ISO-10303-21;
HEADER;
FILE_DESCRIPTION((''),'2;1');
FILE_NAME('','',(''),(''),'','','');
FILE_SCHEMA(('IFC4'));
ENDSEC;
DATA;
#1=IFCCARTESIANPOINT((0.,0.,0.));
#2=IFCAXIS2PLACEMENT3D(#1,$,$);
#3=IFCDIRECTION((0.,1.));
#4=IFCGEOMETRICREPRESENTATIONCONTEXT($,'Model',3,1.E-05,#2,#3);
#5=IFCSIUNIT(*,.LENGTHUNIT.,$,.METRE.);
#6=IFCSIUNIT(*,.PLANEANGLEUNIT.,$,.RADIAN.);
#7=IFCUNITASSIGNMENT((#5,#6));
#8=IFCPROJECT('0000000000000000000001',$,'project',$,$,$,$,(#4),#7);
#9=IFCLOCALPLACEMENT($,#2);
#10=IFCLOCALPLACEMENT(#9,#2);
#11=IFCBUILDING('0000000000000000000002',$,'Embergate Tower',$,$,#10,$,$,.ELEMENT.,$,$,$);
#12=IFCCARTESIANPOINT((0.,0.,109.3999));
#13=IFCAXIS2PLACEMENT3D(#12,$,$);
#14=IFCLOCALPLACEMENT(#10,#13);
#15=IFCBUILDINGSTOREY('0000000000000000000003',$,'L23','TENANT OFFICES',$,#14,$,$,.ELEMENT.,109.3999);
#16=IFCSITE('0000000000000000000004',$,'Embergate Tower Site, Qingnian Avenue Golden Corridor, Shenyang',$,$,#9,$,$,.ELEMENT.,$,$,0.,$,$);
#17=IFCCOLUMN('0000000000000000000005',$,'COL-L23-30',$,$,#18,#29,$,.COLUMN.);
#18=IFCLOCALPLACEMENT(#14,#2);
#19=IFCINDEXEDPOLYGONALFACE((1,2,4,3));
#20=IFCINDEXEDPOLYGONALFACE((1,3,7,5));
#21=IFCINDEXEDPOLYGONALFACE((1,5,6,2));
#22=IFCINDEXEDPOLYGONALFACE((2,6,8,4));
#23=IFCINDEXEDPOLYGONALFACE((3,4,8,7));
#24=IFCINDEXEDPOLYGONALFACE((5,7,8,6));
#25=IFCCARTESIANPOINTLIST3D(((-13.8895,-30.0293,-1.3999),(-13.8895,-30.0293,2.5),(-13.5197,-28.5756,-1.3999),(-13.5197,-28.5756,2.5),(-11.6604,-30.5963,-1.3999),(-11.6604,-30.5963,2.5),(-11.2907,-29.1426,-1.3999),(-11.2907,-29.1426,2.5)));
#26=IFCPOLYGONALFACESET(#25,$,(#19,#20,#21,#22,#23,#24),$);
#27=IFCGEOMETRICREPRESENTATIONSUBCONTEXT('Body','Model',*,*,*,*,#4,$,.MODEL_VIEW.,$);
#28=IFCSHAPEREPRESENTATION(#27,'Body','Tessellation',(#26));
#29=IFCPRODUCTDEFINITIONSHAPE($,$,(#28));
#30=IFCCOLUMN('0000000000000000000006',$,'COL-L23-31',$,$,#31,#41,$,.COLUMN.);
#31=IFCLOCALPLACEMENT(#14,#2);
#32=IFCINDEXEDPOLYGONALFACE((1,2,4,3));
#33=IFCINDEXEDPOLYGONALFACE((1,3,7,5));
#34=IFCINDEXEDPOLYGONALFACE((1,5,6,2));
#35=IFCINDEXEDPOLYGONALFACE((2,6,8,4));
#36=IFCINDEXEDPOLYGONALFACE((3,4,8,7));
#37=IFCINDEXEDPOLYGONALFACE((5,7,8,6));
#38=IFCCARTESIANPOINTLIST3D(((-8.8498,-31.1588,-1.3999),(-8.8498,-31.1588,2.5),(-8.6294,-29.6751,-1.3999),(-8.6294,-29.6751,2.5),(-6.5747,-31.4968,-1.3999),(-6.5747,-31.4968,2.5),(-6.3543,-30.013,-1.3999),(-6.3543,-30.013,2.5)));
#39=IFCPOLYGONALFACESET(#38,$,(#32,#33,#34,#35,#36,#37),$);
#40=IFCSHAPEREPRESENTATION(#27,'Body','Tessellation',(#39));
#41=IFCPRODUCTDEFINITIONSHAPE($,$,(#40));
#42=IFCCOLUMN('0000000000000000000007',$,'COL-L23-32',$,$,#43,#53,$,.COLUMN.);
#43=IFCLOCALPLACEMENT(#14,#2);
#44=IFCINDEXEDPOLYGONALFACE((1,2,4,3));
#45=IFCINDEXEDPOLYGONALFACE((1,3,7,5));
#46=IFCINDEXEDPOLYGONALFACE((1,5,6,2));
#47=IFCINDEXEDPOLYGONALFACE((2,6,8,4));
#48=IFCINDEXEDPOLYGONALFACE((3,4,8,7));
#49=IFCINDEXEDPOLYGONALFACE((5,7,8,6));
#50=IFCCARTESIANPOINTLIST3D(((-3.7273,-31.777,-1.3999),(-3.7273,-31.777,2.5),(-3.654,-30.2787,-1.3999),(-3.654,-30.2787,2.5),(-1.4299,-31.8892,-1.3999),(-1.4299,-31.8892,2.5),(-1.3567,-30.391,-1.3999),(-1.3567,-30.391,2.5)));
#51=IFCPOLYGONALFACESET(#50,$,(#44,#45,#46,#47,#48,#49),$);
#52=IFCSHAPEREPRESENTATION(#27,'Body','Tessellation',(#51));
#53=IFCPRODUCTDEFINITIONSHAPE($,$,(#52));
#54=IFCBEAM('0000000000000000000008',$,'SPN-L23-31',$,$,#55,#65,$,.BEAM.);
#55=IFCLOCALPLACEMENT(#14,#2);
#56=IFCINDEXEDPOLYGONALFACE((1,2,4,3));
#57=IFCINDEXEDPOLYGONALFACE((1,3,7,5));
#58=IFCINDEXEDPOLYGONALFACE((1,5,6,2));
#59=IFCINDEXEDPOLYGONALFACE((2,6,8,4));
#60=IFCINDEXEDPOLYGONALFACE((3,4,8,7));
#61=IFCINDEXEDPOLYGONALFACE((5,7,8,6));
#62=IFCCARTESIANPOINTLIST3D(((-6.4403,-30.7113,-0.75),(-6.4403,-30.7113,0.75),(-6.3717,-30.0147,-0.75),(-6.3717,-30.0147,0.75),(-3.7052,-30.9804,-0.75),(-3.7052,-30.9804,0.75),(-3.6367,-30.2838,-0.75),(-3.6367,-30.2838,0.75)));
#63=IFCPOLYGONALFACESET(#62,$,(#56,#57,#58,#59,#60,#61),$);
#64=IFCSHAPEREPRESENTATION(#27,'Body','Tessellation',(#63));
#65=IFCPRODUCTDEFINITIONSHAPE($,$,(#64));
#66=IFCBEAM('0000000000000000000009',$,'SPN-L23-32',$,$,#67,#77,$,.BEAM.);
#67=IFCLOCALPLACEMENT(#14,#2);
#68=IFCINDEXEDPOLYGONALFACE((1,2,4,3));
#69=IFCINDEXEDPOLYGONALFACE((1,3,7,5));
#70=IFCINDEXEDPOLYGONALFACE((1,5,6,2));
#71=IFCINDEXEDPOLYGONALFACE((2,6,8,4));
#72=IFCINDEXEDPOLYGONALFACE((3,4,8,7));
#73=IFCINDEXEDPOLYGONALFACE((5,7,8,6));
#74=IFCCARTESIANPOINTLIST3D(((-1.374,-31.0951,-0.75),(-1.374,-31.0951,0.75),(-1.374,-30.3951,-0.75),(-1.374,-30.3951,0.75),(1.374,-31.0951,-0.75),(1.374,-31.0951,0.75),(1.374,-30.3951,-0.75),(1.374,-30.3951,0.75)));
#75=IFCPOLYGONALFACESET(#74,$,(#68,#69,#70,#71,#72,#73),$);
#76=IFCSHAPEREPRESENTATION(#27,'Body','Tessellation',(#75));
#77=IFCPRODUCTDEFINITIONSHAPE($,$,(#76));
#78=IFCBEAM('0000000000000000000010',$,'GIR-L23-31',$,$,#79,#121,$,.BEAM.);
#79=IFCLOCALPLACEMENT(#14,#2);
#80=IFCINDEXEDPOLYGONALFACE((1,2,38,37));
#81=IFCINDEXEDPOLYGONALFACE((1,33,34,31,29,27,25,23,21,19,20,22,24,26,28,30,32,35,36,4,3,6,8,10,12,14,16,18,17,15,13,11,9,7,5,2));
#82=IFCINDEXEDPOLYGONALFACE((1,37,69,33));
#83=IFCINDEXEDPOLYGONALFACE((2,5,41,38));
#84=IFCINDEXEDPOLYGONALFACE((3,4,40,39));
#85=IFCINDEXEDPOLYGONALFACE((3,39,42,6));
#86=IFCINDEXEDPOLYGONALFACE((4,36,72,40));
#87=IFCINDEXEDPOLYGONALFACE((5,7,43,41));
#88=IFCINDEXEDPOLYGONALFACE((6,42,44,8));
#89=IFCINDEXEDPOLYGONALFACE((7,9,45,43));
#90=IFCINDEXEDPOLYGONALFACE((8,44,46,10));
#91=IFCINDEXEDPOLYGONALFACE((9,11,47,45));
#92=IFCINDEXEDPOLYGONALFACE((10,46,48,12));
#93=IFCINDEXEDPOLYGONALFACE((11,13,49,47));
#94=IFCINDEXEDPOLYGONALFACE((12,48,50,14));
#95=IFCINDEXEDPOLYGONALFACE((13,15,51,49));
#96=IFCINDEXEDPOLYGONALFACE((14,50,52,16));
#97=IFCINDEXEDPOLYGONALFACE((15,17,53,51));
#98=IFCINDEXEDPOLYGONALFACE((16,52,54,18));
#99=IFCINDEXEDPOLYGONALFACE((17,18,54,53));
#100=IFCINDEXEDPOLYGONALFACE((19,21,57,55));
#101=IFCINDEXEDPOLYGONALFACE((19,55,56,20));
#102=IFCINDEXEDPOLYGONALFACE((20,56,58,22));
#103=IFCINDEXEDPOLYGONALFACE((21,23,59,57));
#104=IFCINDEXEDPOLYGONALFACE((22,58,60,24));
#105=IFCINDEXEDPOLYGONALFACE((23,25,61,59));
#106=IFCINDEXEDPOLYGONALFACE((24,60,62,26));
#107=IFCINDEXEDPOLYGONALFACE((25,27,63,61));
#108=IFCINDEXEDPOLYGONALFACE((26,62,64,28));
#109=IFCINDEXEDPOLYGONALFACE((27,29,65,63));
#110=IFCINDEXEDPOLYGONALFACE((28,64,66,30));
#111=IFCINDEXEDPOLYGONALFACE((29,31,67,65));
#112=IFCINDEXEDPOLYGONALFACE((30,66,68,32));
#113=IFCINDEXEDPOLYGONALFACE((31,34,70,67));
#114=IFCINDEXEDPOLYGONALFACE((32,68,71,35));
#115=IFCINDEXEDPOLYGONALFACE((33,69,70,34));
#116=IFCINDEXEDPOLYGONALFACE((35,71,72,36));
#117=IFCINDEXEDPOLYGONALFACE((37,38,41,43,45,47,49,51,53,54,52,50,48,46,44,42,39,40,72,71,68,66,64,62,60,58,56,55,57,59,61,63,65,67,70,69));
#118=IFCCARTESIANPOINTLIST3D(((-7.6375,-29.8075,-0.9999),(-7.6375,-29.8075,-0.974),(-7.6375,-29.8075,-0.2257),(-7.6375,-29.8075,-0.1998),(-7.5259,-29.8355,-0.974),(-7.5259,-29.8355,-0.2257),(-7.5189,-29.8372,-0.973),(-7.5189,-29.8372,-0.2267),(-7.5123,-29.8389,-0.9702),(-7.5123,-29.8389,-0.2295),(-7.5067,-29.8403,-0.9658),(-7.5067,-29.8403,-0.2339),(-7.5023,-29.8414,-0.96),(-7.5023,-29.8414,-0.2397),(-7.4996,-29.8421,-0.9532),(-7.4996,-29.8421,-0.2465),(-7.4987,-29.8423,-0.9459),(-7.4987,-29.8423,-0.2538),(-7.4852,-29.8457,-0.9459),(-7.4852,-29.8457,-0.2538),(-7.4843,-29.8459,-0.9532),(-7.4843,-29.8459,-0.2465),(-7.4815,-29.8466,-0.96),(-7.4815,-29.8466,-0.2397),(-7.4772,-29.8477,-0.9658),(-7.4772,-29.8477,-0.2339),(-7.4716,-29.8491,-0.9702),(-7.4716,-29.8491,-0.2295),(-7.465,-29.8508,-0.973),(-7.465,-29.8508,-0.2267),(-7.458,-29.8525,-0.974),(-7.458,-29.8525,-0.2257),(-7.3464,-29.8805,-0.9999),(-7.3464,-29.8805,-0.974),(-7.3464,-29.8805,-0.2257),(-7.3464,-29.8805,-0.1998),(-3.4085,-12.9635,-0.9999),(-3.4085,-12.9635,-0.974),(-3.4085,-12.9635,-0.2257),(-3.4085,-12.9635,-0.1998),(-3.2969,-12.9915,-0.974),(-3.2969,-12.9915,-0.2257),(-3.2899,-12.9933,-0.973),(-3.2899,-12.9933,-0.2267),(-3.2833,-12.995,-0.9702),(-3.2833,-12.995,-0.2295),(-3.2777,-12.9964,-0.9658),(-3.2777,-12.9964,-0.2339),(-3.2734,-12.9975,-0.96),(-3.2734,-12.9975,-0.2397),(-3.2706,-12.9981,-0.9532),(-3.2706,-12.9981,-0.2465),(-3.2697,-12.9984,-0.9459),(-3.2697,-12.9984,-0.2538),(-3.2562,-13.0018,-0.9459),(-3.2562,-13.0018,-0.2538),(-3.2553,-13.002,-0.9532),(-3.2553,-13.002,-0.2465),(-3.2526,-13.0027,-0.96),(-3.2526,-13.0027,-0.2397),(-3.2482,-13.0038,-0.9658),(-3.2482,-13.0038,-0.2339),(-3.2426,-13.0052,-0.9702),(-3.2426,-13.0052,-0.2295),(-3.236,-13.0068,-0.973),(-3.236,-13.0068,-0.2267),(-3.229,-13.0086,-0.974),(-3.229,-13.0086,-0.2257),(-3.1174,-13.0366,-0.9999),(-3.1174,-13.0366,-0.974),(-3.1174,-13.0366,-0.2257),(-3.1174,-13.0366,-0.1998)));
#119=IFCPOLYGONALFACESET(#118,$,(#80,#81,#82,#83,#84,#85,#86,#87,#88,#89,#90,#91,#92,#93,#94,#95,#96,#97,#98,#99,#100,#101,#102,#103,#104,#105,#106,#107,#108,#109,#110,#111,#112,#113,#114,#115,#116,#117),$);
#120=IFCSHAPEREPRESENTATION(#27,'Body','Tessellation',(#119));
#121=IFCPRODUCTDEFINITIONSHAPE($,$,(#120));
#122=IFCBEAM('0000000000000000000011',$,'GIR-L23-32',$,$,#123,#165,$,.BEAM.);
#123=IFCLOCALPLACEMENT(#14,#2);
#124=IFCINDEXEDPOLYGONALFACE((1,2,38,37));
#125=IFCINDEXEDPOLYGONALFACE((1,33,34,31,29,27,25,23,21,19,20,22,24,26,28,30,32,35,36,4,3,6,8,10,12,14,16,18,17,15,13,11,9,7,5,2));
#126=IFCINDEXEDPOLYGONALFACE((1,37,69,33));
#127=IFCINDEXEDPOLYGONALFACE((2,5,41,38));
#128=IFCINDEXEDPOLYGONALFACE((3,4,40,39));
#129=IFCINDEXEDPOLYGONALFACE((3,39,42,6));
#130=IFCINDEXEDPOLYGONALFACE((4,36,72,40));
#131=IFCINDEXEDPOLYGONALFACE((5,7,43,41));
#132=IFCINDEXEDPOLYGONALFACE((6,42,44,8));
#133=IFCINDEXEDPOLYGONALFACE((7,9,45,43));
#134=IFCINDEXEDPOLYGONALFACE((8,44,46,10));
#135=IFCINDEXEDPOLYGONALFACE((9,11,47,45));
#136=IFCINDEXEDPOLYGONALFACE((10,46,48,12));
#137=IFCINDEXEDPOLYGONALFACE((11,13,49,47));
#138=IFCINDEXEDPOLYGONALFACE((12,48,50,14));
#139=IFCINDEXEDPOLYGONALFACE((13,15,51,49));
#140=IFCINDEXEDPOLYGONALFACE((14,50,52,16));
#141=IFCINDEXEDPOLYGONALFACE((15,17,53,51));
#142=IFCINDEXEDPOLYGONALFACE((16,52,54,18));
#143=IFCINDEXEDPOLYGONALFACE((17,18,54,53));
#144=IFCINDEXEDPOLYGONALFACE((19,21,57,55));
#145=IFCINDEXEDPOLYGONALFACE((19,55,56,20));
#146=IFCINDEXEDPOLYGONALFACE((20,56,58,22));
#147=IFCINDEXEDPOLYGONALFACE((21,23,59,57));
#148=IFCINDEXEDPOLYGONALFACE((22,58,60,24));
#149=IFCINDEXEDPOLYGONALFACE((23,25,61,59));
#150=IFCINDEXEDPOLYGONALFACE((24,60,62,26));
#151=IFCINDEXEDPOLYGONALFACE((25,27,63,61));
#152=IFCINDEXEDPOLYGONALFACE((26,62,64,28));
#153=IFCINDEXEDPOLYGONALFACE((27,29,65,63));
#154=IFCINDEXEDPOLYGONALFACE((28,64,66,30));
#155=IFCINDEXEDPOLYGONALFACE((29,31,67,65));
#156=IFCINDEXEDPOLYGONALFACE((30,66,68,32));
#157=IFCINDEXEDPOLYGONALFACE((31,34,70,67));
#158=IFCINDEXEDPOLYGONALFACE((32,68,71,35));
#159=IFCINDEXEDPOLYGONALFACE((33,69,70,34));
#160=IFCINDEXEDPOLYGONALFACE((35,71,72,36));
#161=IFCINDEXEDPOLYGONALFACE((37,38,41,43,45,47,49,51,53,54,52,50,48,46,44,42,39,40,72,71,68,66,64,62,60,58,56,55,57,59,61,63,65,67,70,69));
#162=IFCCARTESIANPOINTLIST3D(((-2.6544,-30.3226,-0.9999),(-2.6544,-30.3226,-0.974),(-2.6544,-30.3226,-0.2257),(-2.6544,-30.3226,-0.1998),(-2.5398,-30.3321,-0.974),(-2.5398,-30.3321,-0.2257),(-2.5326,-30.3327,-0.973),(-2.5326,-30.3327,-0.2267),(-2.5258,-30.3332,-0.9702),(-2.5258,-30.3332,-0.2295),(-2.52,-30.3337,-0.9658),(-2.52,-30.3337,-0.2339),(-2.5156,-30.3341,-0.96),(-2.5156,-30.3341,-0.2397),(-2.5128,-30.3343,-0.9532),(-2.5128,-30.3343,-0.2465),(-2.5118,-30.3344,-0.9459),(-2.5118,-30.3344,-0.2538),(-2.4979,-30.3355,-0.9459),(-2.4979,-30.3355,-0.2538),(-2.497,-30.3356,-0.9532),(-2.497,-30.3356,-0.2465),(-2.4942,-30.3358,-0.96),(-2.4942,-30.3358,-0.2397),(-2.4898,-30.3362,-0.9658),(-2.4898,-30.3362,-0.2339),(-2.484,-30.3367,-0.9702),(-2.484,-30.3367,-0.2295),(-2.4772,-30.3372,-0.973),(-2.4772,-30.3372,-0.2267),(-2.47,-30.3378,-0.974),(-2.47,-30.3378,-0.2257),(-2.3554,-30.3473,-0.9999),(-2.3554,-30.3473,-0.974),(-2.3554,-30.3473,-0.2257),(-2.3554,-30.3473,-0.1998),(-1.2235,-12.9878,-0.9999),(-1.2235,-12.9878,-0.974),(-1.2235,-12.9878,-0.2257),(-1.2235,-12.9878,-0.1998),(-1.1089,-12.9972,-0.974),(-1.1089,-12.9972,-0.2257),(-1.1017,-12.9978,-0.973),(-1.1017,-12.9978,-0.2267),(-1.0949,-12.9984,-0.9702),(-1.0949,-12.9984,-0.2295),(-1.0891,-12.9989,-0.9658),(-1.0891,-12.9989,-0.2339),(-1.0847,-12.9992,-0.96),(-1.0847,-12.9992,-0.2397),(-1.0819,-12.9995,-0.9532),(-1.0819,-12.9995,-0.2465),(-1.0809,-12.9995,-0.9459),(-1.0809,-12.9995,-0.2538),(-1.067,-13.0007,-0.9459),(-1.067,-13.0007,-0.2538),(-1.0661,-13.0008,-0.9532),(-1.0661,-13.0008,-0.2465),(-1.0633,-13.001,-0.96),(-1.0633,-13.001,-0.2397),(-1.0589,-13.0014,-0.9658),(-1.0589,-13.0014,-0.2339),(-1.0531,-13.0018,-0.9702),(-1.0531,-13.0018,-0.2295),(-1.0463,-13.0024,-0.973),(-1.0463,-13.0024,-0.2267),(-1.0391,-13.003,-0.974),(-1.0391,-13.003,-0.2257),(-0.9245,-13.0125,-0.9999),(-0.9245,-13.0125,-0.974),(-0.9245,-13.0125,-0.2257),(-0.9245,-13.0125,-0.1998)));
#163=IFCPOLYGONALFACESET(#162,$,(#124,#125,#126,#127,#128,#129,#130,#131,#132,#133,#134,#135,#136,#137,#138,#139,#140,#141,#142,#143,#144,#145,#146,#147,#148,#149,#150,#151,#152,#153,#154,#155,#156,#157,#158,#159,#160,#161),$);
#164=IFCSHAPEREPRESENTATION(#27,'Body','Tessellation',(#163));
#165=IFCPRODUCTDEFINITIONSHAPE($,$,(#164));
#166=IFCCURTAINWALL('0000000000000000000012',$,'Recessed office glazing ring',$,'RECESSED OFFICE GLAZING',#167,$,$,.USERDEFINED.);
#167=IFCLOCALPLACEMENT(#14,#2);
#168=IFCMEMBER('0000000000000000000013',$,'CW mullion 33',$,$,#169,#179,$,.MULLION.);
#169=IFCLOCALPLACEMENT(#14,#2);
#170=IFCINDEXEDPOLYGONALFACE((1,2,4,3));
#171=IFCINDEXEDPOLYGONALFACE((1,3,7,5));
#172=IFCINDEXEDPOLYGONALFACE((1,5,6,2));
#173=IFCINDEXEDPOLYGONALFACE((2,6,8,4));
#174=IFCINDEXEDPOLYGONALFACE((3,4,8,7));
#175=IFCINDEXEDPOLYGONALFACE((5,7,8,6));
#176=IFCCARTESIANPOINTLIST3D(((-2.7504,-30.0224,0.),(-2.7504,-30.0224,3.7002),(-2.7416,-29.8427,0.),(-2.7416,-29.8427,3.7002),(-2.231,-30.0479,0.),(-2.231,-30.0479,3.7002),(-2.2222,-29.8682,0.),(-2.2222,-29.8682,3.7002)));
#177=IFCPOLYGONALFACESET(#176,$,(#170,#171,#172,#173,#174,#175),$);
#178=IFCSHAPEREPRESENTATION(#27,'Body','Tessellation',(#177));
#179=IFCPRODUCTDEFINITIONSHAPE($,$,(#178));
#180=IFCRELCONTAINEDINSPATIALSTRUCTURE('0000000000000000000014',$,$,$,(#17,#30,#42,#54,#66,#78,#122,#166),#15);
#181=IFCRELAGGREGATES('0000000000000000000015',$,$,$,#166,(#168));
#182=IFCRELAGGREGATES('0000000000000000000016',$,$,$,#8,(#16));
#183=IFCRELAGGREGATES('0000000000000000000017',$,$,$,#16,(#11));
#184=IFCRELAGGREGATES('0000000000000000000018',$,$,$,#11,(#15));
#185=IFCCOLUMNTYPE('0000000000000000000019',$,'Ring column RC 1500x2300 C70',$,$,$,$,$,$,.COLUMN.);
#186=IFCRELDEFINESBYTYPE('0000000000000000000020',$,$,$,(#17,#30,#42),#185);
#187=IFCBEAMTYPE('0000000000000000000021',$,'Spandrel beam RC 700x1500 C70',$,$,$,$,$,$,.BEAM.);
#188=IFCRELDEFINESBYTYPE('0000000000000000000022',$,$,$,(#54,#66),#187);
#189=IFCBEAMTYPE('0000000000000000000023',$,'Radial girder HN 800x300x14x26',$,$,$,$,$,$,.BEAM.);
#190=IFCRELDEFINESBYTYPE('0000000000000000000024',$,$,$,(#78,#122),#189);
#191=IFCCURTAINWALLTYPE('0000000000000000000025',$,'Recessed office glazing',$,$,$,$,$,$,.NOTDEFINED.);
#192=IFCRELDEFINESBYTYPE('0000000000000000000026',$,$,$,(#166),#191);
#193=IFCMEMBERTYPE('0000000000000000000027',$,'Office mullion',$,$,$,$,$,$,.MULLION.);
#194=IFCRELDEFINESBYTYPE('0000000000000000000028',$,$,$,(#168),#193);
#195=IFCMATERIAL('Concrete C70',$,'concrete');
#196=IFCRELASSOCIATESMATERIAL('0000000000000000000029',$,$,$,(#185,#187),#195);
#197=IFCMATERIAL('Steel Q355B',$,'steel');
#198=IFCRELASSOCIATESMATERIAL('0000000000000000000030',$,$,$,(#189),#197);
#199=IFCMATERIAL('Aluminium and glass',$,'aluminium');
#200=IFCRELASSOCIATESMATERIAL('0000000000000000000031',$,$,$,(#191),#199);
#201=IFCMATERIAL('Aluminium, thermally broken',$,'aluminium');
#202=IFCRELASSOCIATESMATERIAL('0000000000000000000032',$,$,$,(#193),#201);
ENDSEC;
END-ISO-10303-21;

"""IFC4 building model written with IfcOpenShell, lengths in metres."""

from ifc_helpers import new_model, si_unit, direction, frame, origin, origin_2d, place, context, subcontext, project, spatial, rectangle, i_section, extrude, source, transform, mapped, material, material_profile, profile_set, type_object, element, aggregate, save


model = new_model("IFC4")

# Units and contexts
model_context = context("Model", 3, precision=1e-05, world=origin(), true_north=direction((0.0, 1.0)))
body_context = subcontext(model_context, "Body", "Model", "MODEL_VIEW")
ifc_project = project(units=[si_unit("LENGTHUNIT", "METRE"), si_unit("PLANEANGLEUNIT", "RADIAN")], contexts=[model_context])

# Site, building, storey
site_placement = place(None, origin())
site = spatial("IfcSite", under=ifc_project, at=site_placement, Name="Embergate Tower Site, Qingnian Avenue Golden Corridor, Shenyang", CompositionType="ELEMENT", RefElevation=0.0)
building_placement = place(site_placement, origin())
building = spatial("IfcBuilding", under=site, at=building_placement, Name="Embergate Tower", CompositionType="ELEMENT")
storey_placement = place(building_placement, frame((0.0, 0.0, 109.3999)))
storey = spatial("IfcBuildingStorey", under=building, at=storey_placement, Name="L23", Description="TENANT OFFICES", CompositionType="ELEMENT", Elevation=109.3999)

# Columns
ifc_material_1 = material(Name="Concrete C70", Category="concrete")
ifc_material_profile_1 = material_profile(ifc_material_1, rectangle(XDim=1.5, YDim=2.3, at=origin_2d()), Name="RC 1500x2300")
ifc_profile_set_1 = profile_set([ifc_material_profile_1], Name="Concrete C70")
column_type = type_object("IfcColumnType", Name="Ring column RC 1500x2300 C70", PredefinedType="COLUMN", material=ifc_profile_set_1)
shared_shape_1 = source(origin(), body_context, "Body", "SweptSolid", [
    extrude(rectangle(XDim=1.5, YDim=2.3, at=origin_2d()), origin(), (0.0, 0.0, 1.0), 3.8999),
])
for number, where, z_axis, x_axis, name in (
    (1, (-12.5901, -29.5859, -1.3999), (0.0, 0.0, 1.0), (-0.246509, -0.969141, 0.0), "COL-L23-30"),
    (2, (-7.6021, -30.5859, -1.3999), (0.0, 0.0, 1.0), (-0.146929, -0.989147, 0.0), "COL-L23-31"),
    (3, (-2.542, -31.084, -1.3999), (0.0, 0.0, 1.0), (-0.048815, -0.998808, 0.0), "COL-L23-32"),
):
    element("IfcColumn", number, at=place(storey_placement, frame(where, z_axis=z_axis, x_axis=x_axis)), inside=storey, type_object=column_type, Name=name, PredefinedType="COLUMN", context=body_context, shape_type="MappedRepresentation", body=[
        mapped(shared_shape_1, transform((0.0, 0.0, 0.0))),
    ])

# Beams
ifc_material_profile_2 = material_profile(ifc_material_1, rectangle(XDim=0.7, YDim=1.5, at=origin_2d()), Name="RC 700x1500")
ifc_profile_set_2 = profile_set([ifc_material_profile_2], Name="Concrete C70")
beam_type_1 = type_object("IfcBeamType", Name="Spandrel beam RC 700x1500 C70", PredefinedType="BEAM", material=ifc_profile_set_2)
shared_shape_2 = source(origin(), body_context, "Body", "SweptSolid", [
    extrude(rectangle(XDim=0.7, YDim=1.5, at=origin_2d()), origin(), (0.0, 0.0, 1.0), 2.7483),
])
beam_1_placement = place(storey_placement, frame((-6.406, -30.363, 0.0), z_axis=(0.995197, -0.097894, 0.0), x_axis=(0.097894, 0.995197, 0.0)))
element("IfcBeam", 4, at=beam_1_placement, inside=storey, type_object=beam_type_1, Name="SPN-L23-31", PredefinedType="BEAM", context=body_context, shape_type="MappedRepresentation", body=[
    mapped(shared_shape_2, transform((0.0, 0.0, 0.0))),
])
shared_shape_3 = source(origin(), body_context, "Body", "SweptSolid", [
    extrude(rectangle(XDim=0.7, YDim=1.5, at=origin_2d()), origin(), (0.0, 0.0, 1.0), 2.748),
])
beam_2_placement = place(storey_placement, frame((-1.374, -30.7451, 0.0), z_axis=(1.0, 0.0, 0.0), x_axis=(0.0, 1.0, 0.0)))
element("IfcBeam", 5, at=beam_2_placement, inside=storey, type_object=beam_type_1, Name="SPN-L23-32", PredefinedType="BEAM", context=body_context, shape_type="MappedRepresentation", body=[
    mapped(shared_shape_3, transform((0.0, 0.0, 0.0))),
])
ifc_material_2 = material(Name="Steel Q355B", Category="steel")
ifc_material_profile_3 = material_profile(ifc_material_2, i_section(OverallWidth=0.3, OverallDepth=0.8, WebThickness=0.0139, FlangeThickness=0.0259, FilletRadius=0.0281, at=origin_2d()), Name="HN 800x300x14x26")
ifc_profile_set_3 = profile_set([ifc_material_profile_3], Name="Steel Q355 grade B")
beam_type_2 = type_object("IfcBeamType", Name="Radial girder HN 800x300x14x26", PredefinedType="BEAM", material=ifc_profile_set_3)
shared_shape_4 = source(origin(), body_context, "Body", "SweptSolid", [
    extrude(i_section(OverallWidth=0.3, OverallDepth=0.8, WebThickness=0.0139, FlangeThickness=0.0259, FilletRadius=0.0281, at=origin_2d()), origin(), (0.0, 0.0, 1.0), 17.3667),
])
beam_3_placement = place(storey_placement, frame((-7.4919, -29.844, -0.5999), z_axis=(0.243511, 0.969898, 0.0), x_axis=(-0.969898, 0.243511, 0.0)))
element("IfcBeam", 6, at=beam_3_placement, inside=storey, type_object=beam_type_2, Name="GIR-L23-31", PredefinedType="BEAM", context=body_context, shape_type="MappedRepresentation", body=[
    mapped(shared_shape_4, transform((0.0, 0.0, 0.0))),
])
shared_shape_5 = source(origin(), body_context, "Body", "SweptSolid", [
    extrude(i_section(OverallWidth=0.3, OverallDepth=0.8, WebThickness=0.0139, FlangeThickness=0.0259, FilletRadius=0.0281, at=origin_2d()), origin(), (0.0, 0.0, 1.0), 17.3938),
])
beam_4_placement = place(storey_placement, frame((-2.5049, -30.335, -0.5999), z_axis=(0.082265, 0.996611, 0.0), x_axis=(-0.996611, 0.082265, 0.0)))
element("IfcBeam", 7, at=beam_4_placement, inside=storey, type_object=beam_type_2, Name="GIR-L23-32", PredefinedType="BEAM", context=body_context, shape_type="MappedRepresentation", body=[
    mapped(shared_shape_5, transform((0.0, 0.0, 0.0))),
])

# Curtain wall, member
ifc_material_3 = material(Name="Aluminium and glass", Category="aluminium")
curtain_wall_type = type_object("IfcCurtainWallType", Name="Recessed office glazing", PredefinedType="NOTDEFINED", material=ifc_material_3)
curtain_wall_placement = place(storey_placement, origin())
curtain_wall = element("IfcCurtainWall", 8, at=curtain_wall_placement, inside=storey, type_object=curtain_wall_type, Name="Recessed office glazing ring", ObjectType="RECESSED OFFICE GLAZING", PredefinedType="USERDEFINED")
ifc_material_4 = material(Name="Aluminium, thermally broken", Category="aluminium")
ifc_material_profile_4 = material_profile(ifc_material_4, rectangle(XDim=0.1799, YDim=0.52, at=origin_2d()), Name="AL 520x180")
ifc_profile_set_4 = profile_set([ifc_material_profile_4], Name="Aluminium, thermally broken")
member_type_1 = type_object("IfcMemberType", Name="Office mullion", PredefinedType="MULLION", material=ifc_profile_set_4)
shared_shape_6 = source(origin(), body_context, "Body", "SweptSolid", [
    extrude(rectangle(XDim=0.1799, YDim=0.52, at=origin_2d()), origin(), (0.0, 0.0, 1.0), 3.7002),
])
member_1_placement = place(storey_placement, frame((-2.4863, -29.9453, 0.0), z_axis=(0.0, 0.0, 1.0), x_axis=(0.048972, 0.9988, 0.0)))
member_1 = element("IfcMember", 9, at=member_1_placement, type_object=member_type_1, Name="CW mullion 33", PredefinedType="MULLION", context=body_context, shape_type="MappedRepresentation", body=[
    mapped(shared_shape_6, transform((0.0, 0.0, 0.0))),
])
aggregate(curtain_wall, [member_1])

save(model, "model.ifc")
